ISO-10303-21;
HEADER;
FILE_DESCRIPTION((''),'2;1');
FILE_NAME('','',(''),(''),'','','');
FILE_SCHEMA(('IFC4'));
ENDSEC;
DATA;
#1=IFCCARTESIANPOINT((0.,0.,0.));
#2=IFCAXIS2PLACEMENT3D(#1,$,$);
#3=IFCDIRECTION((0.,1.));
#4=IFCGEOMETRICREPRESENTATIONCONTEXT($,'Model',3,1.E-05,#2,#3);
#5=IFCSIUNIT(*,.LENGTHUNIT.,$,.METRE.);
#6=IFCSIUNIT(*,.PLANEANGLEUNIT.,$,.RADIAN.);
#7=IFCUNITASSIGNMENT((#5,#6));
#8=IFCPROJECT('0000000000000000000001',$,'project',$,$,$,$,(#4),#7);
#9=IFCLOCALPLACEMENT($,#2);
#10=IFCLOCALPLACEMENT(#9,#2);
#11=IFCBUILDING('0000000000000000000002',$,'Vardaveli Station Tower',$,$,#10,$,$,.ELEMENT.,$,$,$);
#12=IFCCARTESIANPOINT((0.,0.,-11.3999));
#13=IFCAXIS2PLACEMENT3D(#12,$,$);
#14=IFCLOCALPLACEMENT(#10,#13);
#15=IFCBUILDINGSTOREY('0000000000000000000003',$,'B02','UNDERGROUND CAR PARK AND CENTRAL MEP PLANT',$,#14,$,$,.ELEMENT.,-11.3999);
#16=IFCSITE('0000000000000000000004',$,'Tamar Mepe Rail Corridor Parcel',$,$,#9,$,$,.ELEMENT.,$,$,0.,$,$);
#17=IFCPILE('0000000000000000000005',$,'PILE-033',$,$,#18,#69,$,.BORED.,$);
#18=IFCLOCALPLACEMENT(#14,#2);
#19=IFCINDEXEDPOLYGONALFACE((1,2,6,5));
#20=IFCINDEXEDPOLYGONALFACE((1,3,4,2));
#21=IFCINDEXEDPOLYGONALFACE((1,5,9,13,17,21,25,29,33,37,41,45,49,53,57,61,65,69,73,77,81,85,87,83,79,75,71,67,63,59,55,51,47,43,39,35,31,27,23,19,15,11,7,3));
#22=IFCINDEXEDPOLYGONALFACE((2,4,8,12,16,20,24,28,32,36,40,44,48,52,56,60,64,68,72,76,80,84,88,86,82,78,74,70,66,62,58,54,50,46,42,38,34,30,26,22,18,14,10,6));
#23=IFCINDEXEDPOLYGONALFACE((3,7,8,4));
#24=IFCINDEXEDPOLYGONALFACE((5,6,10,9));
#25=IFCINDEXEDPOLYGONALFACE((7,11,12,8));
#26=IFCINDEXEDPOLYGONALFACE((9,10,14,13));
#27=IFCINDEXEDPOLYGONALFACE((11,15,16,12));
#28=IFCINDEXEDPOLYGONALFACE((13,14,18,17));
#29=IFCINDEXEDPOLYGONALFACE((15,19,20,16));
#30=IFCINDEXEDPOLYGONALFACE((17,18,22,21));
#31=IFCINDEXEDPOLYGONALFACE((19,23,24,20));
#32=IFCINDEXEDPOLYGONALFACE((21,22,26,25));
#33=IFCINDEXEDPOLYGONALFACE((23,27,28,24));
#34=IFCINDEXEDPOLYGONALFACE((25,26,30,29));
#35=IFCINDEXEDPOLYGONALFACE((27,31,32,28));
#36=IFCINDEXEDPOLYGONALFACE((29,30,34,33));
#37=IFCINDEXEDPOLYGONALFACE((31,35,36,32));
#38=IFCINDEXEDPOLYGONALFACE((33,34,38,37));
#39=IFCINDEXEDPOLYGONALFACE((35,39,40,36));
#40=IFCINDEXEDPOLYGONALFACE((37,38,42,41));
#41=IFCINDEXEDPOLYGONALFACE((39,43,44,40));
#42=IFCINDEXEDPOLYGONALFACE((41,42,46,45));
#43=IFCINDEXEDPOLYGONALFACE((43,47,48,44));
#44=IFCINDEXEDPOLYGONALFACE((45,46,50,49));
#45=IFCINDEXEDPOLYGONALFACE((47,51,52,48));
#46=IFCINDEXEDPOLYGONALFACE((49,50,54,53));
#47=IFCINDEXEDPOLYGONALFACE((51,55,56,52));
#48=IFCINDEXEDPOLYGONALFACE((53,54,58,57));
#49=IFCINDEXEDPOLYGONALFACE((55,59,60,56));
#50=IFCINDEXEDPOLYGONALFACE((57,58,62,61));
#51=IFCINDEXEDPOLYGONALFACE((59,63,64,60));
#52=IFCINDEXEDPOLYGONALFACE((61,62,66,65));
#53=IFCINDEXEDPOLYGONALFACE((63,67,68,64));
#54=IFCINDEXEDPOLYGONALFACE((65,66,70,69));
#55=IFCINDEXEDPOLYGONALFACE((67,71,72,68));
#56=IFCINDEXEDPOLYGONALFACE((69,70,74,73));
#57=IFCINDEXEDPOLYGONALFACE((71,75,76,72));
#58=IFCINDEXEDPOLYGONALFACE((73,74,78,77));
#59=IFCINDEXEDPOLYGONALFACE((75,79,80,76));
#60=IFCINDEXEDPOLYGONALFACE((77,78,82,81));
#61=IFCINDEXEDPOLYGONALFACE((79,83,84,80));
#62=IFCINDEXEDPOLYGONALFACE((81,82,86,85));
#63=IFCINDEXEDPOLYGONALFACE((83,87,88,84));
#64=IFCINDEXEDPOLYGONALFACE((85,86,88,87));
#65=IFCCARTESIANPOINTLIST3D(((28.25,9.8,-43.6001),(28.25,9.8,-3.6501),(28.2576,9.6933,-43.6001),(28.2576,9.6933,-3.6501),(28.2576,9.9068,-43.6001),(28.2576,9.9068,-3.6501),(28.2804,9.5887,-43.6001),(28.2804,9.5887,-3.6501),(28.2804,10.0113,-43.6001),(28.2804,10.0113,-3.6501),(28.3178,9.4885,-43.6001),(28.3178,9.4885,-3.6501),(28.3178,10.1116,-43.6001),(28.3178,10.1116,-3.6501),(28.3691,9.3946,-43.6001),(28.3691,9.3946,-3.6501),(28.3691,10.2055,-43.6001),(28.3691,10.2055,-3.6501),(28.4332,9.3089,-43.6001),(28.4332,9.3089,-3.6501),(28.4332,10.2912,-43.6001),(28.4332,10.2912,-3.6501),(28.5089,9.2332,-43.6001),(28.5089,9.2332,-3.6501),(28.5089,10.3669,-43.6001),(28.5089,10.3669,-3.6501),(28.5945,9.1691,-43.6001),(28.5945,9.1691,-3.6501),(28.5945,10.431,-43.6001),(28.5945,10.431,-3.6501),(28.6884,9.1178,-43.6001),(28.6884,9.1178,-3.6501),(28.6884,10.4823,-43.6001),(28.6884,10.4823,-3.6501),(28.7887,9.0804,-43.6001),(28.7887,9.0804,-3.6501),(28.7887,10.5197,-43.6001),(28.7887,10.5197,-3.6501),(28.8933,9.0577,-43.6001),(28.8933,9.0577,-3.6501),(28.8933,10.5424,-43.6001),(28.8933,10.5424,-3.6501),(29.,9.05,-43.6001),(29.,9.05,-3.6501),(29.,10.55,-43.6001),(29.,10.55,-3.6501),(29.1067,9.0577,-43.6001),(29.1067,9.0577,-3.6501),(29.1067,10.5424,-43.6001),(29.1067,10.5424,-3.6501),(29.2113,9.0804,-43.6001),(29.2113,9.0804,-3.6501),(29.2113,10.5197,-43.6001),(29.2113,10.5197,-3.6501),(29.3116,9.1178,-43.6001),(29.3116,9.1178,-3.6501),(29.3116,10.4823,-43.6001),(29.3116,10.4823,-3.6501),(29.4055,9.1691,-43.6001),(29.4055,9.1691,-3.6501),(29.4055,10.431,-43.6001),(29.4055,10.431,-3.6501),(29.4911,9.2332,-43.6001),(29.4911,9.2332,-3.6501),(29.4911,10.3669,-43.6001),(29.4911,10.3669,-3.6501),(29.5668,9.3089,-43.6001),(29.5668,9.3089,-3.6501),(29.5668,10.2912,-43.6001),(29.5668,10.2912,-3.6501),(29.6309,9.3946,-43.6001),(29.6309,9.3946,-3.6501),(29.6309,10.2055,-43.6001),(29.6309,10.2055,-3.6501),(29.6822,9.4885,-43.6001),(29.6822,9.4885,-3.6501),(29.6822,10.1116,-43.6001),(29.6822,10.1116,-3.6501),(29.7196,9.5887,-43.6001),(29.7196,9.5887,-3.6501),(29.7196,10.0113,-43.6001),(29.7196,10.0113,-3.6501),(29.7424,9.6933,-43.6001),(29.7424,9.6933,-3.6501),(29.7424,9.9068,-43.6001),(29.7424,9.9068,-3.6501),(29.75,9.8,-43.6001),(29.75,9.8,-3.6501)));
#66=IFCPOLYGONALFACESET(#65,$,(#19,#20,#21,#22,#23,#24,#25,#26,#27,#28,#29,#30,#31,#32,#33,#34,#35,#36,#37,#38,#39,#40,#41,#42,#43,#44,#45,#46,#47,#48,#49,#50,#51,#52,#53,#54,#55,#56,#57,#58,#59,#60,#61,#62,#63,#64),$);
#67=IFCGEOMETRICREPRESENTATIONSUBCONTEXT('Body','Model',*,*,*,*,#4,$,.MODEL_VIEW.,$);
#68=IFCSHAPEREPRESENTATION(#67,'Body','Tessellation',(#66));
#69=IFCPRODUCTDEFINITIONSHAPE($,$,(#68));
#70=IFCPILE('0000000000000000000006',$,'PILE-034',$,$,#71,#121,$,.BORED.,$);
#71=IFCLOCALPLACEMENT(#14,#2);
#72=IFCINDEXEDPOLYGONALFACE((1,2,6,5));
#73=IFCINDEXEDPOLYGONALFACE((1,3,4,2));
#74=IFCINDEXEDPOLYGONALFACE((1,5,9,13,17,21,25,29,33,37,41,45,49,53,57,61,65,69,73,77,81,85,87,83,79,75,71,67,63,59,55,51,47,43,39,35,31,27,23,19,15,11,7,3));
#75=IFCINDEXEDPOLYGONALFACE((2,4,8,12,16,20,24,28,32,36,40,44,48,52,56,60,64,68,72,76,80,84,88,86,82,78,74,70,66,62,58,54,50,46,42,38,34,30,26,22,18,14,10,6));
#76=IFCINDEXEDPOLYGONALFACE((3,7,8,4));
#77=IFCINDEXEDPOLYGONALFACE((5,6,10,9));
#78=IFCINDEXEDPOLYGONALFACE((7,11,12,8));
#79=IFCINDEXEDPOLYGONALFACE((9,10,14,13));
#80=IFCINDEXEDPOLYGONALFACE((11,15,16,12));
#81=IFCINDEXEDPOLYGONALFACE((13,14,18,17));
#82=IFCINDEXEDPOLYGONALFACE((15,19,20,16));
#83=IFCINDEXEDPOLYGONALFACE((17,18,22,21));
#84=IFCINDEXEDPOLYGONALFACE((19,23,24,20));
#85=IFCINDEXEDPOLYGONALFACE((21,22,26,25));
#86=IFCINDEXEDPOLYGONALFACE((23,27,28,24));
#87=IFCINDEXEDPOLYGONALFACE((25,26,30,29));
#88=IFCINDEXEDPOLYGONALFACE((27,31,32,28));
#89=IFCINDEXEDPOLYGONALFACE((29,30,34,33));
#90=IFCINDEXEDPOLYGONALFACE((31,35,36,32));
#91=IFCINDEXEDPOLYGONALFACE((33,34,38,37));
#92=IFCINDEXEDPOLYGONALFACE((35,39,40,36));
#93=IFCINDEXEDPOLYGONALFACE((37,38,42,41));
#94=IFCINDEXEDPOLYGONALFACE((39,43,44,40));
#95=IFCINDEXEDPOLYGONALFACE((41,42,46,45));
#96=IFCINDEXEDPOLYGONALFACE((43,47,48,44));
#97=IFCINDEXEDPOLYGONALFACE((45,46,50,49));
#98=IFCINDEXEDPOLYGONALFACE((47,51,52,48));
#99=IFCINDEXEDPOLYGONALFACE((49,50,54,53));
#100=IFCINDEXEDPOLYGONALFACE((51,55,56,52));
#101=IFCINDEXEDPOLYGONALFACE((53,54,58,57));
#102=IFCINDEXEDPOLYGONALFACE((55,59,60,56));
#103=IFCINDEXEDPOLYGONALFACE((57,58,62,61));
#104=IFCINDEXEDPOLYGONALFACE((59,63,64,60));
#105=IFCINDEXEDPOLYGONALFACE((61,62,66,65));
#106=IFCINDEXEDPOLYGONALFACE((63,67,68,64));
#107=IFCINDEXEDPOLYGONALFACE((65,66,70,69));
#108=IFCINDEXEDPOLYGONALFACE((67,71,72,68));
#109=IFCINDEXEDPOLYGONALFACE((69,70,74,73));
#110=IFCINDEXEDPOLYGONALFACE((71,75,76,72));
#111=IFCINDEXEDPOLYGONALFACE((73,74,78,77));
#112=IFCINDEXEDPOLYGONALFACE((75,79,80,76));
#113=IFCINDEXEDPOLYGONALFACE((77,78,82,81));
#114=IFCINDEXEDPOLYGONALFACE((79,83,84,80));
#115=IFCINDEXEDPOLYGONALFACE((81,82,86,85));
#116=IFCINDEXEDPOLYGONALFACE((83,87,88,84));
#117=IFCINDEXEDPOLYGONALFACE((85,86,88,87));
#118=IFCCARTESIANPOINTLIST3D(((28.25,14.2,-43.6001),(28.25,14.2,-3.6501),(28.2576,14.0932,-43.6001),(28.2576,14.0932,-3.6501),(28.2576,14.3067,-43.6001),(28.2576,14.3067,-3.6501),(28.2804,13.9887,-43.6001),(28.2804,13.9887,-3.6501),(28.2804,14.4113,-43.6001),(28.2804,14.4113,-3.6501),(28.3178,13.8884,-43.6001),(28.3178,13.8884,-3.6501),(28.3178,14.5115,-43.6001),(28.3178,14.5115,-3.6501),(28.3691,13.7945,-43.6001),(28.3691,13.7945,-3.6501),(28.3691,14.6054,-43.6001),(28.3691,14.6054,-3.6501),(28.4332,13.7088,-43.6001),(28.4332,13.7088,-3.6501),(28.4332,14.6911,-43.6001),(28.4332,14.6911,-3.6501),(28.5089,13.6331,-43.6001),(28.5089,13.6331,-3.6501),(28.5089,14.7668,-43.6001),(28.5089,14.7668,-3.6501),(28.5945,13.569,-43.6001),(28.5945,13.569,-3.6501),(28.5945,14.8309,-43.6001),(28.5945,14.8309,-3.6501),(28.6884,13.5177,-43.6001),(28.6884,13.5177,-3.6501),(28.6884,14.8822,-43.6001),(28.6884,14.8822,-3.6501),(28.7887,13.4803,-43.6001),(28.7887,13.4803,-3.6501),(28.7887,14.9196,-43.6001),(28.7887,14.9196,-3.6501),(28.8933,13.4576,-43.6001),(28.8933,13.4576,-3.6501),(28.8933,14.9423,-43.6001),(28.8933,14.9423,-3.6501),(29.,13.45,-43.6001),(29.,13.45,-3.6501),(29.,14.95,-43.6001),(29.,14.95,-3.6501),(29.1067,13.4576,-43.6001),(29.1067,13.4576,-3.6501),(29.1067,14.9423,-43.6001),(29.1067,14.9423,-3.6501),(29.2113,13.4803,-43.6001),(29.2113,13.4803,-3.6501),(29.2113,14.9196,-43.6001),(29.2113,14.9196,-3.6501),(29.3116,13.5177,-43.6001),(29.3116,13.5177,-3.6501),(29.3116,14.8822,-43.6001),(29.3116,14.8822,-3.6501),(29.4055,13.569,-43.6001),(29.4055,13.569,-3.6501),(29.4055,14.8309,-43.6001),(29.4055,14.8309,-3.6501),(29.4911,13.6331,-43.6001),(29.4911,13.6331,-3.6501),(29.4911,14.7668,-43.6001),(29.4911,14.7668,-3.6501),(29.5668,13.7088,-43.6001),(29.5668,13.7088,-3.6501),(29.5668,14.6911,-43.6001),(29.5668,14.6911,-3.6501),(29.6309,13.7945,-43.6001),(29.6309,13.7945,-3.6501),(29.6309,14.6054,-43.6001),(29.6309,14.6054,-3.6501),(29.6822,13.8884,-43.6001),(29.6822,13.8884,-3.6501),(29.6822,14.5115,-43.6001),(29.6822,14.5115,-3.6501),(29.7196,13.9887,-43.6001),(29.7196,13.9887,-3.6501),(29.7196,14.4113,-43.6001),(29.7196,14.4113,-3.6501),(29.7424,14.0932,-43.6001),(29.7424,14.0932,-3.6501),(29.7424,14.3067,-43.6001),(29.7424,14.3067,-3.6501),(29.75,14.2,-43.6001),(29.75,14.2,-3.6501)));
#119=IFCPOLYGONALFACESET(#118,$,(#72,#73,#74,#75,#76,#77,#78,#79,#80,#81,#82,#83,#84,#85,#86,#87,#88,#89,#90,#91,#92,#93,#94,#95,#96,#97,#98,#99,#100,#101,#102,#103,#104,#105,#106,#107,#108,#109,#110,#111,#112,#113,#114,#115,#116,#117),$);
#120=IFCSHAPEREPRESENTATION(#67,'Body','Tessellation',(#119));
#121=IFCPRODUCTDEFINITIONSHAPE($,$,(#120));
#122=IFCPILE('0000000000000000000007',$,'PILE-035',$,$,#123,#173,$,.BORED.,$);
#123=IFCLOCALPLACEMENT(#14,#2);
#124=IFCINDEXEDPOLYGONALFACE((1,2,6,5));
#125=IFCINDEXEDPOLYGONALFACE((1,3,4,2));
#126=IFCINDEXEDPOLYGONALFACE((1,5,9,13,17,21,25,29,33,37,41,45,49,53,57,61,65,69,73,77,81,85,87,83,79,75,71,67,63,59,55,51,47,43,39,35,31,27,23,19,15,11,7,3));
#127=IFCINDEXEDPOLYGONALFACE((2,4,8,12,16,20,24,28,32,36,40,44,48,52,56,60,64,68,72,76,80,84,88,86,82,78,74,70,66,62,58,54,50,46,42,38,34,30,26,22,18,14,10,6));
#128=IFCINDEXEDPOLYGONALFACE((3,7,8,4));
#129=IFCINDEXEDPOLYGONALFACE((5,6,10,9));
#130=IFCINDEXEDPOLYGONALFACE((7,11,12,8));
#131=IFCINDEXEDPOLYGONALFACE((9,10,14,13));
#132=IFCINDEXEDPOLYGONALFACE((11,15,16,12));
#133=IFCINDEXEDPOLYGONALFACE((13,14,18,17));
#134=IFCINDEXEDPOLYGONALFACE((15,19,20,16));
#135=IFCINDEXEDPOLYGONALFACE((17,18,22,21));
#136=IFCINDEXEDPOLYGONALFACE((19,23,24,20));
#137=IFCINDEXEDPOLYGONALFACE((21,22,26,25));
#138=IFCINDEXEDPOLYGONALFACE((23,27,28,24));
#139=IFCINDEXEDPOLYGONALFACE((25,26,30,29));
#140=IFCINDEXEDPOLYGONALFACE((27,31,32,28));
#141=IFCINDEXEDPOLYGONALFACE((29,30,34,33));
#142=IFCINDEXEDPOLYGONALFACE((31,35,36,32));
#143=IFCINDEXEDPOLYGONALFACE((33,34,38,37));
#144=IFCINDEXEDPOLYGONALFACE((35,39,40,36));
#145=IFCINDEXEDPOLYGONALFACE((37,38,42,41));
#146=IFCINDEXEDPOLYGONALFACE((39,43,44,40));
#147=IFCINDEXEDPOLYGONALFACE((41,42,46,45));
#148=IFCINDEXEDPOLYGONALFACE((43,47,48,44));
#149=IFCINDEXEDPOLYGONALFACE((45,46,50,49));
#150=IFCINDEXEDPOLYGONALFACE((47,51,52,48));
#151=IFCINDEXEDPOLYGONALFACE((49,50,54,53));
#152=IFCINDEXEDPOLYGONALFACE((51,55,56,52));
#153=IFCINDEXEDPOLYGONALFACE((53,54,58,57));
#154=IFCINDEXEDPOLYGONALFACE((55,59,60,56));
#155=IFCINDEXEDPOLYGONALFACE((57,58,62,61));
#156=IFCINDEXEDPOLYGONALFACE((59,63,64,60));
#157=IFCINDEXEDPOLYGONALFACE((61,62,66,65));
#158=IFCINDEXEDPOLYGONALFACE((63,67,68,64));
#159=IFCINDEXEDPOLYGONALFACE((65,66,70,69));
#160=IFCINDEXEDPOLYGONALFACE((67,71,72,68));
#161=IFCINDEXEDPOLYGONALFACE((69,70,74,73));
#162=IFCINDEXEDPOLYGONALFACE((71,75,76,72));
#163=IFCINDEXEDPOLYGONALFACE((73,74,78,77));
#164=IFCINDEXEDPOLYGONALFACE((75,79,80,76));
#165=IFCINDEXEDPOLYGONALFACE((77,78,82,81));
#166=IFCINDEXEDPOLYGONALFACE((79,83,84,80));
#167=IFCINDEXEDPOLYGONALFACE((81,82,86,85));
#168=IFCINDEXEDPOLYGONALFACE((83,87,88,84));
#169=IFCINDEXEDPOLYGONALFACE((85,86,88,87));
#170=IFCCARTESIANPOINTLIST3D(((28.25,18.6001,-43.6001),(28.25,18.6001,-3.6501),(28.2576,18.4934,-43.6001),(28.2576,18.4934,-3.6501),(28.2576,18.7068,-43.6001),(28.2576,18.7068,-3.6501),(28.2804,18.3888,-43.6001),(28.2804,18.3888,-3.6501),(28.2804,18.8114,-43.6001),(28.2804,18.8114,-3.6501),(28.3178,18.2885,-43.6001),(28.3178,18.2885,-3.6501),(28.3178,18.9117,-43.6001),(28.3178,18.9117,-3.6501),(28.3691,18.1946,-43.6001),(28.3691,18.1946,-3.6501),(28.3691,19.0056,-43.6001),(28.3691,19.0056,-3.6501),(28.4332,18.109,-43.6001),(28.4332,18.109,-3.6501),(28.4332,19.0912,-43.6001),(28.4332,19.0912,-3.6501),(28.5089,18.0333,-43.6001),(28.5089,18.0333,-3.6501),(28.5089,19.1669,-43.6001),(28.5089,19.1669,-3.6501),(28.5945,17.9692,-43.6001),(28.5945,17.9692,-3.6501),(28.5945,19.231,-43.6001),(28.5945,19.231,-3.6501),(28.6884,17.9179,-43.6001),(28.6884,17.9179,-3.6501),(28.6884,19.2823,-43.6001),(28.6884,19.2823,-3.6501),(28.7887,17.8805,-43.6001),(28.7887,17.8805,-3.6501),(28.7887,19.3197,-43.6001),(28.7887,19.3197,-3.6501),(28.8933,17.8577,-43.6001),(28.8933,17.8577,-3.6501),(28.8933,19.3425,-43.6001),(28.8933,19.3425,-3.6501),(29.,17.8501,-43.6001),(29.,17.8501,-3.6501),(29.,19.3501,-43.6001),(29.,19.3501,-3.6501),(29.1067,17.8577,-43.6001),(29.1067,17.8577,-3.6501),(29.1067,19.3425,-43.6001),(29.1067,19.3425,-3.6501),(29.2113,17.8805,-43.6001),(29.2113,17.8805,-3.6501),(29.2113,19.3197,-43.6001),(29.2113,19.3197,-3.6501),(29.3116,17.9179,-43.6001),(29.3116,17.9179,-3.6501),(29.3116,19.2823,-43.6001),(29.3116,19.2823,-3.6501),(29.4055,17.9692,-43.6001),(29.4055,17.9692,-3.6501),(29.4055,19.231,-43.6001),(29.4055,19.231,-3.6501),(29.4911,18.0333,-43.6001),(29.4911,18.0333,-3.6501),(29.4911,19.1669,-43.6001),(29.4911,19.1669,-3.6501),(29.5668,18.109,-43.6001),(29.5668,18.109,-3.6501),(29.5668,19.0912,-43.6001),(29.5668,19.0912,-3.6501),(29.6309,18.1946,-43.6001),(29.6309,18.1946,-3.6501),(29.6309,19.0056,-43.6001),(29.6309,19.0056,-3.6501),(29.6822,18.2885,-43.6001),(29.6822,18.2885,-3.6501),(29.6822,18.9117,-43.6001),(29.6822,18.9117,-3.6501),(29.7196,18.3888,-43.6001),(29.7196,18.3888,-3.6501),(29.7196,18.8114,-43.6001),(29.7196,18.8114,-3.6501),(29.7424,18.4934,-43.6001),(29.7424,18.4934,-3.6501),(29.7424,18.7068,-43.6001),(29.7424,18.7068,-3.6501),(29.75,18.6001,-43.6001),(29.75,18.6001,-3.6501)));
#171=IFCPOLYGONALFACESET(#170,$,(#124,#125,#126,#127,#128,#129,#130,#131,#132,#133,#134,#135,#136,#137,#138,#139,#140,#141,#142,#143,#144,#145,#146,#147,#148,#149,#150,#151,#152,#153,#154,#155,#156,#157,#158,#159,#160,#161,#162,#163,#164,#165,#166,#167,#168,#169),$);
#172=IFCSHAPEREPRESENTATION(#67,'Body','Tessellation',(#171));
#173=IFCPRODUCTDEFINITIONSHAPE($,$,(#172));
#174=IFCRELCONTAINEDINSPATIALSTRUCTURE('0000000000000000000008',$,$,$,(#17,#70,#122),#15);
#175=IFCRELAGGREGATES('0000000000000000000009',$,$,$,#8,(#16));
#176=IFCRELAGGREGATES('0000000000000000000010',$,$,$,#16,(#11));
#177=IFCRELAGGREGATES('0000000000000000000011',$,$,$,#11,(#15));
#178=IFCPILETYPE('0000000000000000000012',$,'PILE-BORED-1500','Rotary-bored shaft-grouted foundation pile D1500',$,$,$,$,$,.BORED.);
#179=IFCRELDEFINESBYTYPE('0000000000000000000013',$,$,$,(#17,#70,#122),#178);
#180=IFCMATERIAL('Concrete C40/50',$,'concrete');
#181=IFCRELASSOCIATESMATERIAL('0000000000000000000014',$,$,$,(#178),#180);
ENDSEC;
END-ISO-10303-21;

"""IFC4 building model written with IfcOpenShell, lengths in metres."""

from ifc_helpers import new_model, si_unit, direction, frame, origin, origin_2d, place, context, subcontext, project, spatial, circle, extrude, source, transform, mapped, material, material_profile, profile_set, type_object, element, save


model = new_model("IFC4")

# Units and contexts
model_context = context("Model", 3, precision=1e-05, world=origin(), true_north=direction((0.0, 1.0)))
body_context = subcontext(model_context, "Body", "Model", "MODEL_VIEW")
ifc_project = project(units=[si_unit("LENGTHUNIT", "METRE"), si_unit("PLANEANGLEUNIT", "RADIAN")], contexts=[model_context])

# Site, building, storey
site_placement = place(None, origin())
site = spatial("IfcSite", under=ifc_project, at=site_placement, Name="Tamar Mepe Rail Corridor Parcel", CompositionType="ELEMENT", RefElevation=0.0)
building_placement = place(site_placement, origin())
building = spatial("IfcBuilding", under=site, at=building_placement, Name="Vardaveli Station Tower", CompositionType="ELEMENT")
storey_placement = place(building_placement, frame((0.0, 0.0, -11.3999)))
storey = spatial("IfcBuildingStorey", under=building, at=storey_placement, Name="B02", Description="UNDERGROUND CAR PARK AND CENTRAL MEP PLANT", CompositionType="ELEMENT", Elevation=-11.3999)

# Piles
ifc_material_1 = material(Name="Concrete C40/50", Category="concrete")
ifc_material_profile_1 = material_profile(ifc_material_1, circle(Radius=0.75, at=origin_2d()), Name="PILE D1500")
ifc_profile_set_1 = profile_set([ifc_material_profile_1], Name="Concrete C40/50")
pile_type_1 = type_object("IfcPileType", Name="PILE-BORED-1500", Description="Rotary-bored shaft-grouted foundation pile D1500", PredefinedType="BORED", material=ifc_profile_set_1)
shared_shape_1 = source(origin(), body_context, "Body", "SweptSolid", [
    extrude(circle(Radius=0.75, at=origin_2d()), origin(), (0.0, 0.0, 1.0), 39.95),
])
for number, where, z_axis, x_axis, name in (
    (1, (29.0, 9.8, -3.6501), (0.0, 0.0, -1.0), (1.0, 0.0, 0.0), "PILE-033"),
    (2, (29.0, 14.2, -3.6501), (0.0, 0.0, -1.0), (1.0, 0.0, 0.0), "PILE-034"),
    (3, (29.0, 18.6001, -3.6501), (0.0, 0.0, -1.0), (1.0, 0.0, 0.0), "PILE-035"),
):
    element("IfcPile", number, at=place(storey_placement, frame(where, z_axis=z_axis, x_axis=x_axis)), inside=storey, type_object=pile_type_1, Name=name, PredefinedType="BORED", context=body_context, shape_type="MappedRepresentation", body=[
        mapped(shared_shape_1, transform((0.0, 0.0, 0.0), scale=1.0)),
    ])

save(model, "model.ifc")
